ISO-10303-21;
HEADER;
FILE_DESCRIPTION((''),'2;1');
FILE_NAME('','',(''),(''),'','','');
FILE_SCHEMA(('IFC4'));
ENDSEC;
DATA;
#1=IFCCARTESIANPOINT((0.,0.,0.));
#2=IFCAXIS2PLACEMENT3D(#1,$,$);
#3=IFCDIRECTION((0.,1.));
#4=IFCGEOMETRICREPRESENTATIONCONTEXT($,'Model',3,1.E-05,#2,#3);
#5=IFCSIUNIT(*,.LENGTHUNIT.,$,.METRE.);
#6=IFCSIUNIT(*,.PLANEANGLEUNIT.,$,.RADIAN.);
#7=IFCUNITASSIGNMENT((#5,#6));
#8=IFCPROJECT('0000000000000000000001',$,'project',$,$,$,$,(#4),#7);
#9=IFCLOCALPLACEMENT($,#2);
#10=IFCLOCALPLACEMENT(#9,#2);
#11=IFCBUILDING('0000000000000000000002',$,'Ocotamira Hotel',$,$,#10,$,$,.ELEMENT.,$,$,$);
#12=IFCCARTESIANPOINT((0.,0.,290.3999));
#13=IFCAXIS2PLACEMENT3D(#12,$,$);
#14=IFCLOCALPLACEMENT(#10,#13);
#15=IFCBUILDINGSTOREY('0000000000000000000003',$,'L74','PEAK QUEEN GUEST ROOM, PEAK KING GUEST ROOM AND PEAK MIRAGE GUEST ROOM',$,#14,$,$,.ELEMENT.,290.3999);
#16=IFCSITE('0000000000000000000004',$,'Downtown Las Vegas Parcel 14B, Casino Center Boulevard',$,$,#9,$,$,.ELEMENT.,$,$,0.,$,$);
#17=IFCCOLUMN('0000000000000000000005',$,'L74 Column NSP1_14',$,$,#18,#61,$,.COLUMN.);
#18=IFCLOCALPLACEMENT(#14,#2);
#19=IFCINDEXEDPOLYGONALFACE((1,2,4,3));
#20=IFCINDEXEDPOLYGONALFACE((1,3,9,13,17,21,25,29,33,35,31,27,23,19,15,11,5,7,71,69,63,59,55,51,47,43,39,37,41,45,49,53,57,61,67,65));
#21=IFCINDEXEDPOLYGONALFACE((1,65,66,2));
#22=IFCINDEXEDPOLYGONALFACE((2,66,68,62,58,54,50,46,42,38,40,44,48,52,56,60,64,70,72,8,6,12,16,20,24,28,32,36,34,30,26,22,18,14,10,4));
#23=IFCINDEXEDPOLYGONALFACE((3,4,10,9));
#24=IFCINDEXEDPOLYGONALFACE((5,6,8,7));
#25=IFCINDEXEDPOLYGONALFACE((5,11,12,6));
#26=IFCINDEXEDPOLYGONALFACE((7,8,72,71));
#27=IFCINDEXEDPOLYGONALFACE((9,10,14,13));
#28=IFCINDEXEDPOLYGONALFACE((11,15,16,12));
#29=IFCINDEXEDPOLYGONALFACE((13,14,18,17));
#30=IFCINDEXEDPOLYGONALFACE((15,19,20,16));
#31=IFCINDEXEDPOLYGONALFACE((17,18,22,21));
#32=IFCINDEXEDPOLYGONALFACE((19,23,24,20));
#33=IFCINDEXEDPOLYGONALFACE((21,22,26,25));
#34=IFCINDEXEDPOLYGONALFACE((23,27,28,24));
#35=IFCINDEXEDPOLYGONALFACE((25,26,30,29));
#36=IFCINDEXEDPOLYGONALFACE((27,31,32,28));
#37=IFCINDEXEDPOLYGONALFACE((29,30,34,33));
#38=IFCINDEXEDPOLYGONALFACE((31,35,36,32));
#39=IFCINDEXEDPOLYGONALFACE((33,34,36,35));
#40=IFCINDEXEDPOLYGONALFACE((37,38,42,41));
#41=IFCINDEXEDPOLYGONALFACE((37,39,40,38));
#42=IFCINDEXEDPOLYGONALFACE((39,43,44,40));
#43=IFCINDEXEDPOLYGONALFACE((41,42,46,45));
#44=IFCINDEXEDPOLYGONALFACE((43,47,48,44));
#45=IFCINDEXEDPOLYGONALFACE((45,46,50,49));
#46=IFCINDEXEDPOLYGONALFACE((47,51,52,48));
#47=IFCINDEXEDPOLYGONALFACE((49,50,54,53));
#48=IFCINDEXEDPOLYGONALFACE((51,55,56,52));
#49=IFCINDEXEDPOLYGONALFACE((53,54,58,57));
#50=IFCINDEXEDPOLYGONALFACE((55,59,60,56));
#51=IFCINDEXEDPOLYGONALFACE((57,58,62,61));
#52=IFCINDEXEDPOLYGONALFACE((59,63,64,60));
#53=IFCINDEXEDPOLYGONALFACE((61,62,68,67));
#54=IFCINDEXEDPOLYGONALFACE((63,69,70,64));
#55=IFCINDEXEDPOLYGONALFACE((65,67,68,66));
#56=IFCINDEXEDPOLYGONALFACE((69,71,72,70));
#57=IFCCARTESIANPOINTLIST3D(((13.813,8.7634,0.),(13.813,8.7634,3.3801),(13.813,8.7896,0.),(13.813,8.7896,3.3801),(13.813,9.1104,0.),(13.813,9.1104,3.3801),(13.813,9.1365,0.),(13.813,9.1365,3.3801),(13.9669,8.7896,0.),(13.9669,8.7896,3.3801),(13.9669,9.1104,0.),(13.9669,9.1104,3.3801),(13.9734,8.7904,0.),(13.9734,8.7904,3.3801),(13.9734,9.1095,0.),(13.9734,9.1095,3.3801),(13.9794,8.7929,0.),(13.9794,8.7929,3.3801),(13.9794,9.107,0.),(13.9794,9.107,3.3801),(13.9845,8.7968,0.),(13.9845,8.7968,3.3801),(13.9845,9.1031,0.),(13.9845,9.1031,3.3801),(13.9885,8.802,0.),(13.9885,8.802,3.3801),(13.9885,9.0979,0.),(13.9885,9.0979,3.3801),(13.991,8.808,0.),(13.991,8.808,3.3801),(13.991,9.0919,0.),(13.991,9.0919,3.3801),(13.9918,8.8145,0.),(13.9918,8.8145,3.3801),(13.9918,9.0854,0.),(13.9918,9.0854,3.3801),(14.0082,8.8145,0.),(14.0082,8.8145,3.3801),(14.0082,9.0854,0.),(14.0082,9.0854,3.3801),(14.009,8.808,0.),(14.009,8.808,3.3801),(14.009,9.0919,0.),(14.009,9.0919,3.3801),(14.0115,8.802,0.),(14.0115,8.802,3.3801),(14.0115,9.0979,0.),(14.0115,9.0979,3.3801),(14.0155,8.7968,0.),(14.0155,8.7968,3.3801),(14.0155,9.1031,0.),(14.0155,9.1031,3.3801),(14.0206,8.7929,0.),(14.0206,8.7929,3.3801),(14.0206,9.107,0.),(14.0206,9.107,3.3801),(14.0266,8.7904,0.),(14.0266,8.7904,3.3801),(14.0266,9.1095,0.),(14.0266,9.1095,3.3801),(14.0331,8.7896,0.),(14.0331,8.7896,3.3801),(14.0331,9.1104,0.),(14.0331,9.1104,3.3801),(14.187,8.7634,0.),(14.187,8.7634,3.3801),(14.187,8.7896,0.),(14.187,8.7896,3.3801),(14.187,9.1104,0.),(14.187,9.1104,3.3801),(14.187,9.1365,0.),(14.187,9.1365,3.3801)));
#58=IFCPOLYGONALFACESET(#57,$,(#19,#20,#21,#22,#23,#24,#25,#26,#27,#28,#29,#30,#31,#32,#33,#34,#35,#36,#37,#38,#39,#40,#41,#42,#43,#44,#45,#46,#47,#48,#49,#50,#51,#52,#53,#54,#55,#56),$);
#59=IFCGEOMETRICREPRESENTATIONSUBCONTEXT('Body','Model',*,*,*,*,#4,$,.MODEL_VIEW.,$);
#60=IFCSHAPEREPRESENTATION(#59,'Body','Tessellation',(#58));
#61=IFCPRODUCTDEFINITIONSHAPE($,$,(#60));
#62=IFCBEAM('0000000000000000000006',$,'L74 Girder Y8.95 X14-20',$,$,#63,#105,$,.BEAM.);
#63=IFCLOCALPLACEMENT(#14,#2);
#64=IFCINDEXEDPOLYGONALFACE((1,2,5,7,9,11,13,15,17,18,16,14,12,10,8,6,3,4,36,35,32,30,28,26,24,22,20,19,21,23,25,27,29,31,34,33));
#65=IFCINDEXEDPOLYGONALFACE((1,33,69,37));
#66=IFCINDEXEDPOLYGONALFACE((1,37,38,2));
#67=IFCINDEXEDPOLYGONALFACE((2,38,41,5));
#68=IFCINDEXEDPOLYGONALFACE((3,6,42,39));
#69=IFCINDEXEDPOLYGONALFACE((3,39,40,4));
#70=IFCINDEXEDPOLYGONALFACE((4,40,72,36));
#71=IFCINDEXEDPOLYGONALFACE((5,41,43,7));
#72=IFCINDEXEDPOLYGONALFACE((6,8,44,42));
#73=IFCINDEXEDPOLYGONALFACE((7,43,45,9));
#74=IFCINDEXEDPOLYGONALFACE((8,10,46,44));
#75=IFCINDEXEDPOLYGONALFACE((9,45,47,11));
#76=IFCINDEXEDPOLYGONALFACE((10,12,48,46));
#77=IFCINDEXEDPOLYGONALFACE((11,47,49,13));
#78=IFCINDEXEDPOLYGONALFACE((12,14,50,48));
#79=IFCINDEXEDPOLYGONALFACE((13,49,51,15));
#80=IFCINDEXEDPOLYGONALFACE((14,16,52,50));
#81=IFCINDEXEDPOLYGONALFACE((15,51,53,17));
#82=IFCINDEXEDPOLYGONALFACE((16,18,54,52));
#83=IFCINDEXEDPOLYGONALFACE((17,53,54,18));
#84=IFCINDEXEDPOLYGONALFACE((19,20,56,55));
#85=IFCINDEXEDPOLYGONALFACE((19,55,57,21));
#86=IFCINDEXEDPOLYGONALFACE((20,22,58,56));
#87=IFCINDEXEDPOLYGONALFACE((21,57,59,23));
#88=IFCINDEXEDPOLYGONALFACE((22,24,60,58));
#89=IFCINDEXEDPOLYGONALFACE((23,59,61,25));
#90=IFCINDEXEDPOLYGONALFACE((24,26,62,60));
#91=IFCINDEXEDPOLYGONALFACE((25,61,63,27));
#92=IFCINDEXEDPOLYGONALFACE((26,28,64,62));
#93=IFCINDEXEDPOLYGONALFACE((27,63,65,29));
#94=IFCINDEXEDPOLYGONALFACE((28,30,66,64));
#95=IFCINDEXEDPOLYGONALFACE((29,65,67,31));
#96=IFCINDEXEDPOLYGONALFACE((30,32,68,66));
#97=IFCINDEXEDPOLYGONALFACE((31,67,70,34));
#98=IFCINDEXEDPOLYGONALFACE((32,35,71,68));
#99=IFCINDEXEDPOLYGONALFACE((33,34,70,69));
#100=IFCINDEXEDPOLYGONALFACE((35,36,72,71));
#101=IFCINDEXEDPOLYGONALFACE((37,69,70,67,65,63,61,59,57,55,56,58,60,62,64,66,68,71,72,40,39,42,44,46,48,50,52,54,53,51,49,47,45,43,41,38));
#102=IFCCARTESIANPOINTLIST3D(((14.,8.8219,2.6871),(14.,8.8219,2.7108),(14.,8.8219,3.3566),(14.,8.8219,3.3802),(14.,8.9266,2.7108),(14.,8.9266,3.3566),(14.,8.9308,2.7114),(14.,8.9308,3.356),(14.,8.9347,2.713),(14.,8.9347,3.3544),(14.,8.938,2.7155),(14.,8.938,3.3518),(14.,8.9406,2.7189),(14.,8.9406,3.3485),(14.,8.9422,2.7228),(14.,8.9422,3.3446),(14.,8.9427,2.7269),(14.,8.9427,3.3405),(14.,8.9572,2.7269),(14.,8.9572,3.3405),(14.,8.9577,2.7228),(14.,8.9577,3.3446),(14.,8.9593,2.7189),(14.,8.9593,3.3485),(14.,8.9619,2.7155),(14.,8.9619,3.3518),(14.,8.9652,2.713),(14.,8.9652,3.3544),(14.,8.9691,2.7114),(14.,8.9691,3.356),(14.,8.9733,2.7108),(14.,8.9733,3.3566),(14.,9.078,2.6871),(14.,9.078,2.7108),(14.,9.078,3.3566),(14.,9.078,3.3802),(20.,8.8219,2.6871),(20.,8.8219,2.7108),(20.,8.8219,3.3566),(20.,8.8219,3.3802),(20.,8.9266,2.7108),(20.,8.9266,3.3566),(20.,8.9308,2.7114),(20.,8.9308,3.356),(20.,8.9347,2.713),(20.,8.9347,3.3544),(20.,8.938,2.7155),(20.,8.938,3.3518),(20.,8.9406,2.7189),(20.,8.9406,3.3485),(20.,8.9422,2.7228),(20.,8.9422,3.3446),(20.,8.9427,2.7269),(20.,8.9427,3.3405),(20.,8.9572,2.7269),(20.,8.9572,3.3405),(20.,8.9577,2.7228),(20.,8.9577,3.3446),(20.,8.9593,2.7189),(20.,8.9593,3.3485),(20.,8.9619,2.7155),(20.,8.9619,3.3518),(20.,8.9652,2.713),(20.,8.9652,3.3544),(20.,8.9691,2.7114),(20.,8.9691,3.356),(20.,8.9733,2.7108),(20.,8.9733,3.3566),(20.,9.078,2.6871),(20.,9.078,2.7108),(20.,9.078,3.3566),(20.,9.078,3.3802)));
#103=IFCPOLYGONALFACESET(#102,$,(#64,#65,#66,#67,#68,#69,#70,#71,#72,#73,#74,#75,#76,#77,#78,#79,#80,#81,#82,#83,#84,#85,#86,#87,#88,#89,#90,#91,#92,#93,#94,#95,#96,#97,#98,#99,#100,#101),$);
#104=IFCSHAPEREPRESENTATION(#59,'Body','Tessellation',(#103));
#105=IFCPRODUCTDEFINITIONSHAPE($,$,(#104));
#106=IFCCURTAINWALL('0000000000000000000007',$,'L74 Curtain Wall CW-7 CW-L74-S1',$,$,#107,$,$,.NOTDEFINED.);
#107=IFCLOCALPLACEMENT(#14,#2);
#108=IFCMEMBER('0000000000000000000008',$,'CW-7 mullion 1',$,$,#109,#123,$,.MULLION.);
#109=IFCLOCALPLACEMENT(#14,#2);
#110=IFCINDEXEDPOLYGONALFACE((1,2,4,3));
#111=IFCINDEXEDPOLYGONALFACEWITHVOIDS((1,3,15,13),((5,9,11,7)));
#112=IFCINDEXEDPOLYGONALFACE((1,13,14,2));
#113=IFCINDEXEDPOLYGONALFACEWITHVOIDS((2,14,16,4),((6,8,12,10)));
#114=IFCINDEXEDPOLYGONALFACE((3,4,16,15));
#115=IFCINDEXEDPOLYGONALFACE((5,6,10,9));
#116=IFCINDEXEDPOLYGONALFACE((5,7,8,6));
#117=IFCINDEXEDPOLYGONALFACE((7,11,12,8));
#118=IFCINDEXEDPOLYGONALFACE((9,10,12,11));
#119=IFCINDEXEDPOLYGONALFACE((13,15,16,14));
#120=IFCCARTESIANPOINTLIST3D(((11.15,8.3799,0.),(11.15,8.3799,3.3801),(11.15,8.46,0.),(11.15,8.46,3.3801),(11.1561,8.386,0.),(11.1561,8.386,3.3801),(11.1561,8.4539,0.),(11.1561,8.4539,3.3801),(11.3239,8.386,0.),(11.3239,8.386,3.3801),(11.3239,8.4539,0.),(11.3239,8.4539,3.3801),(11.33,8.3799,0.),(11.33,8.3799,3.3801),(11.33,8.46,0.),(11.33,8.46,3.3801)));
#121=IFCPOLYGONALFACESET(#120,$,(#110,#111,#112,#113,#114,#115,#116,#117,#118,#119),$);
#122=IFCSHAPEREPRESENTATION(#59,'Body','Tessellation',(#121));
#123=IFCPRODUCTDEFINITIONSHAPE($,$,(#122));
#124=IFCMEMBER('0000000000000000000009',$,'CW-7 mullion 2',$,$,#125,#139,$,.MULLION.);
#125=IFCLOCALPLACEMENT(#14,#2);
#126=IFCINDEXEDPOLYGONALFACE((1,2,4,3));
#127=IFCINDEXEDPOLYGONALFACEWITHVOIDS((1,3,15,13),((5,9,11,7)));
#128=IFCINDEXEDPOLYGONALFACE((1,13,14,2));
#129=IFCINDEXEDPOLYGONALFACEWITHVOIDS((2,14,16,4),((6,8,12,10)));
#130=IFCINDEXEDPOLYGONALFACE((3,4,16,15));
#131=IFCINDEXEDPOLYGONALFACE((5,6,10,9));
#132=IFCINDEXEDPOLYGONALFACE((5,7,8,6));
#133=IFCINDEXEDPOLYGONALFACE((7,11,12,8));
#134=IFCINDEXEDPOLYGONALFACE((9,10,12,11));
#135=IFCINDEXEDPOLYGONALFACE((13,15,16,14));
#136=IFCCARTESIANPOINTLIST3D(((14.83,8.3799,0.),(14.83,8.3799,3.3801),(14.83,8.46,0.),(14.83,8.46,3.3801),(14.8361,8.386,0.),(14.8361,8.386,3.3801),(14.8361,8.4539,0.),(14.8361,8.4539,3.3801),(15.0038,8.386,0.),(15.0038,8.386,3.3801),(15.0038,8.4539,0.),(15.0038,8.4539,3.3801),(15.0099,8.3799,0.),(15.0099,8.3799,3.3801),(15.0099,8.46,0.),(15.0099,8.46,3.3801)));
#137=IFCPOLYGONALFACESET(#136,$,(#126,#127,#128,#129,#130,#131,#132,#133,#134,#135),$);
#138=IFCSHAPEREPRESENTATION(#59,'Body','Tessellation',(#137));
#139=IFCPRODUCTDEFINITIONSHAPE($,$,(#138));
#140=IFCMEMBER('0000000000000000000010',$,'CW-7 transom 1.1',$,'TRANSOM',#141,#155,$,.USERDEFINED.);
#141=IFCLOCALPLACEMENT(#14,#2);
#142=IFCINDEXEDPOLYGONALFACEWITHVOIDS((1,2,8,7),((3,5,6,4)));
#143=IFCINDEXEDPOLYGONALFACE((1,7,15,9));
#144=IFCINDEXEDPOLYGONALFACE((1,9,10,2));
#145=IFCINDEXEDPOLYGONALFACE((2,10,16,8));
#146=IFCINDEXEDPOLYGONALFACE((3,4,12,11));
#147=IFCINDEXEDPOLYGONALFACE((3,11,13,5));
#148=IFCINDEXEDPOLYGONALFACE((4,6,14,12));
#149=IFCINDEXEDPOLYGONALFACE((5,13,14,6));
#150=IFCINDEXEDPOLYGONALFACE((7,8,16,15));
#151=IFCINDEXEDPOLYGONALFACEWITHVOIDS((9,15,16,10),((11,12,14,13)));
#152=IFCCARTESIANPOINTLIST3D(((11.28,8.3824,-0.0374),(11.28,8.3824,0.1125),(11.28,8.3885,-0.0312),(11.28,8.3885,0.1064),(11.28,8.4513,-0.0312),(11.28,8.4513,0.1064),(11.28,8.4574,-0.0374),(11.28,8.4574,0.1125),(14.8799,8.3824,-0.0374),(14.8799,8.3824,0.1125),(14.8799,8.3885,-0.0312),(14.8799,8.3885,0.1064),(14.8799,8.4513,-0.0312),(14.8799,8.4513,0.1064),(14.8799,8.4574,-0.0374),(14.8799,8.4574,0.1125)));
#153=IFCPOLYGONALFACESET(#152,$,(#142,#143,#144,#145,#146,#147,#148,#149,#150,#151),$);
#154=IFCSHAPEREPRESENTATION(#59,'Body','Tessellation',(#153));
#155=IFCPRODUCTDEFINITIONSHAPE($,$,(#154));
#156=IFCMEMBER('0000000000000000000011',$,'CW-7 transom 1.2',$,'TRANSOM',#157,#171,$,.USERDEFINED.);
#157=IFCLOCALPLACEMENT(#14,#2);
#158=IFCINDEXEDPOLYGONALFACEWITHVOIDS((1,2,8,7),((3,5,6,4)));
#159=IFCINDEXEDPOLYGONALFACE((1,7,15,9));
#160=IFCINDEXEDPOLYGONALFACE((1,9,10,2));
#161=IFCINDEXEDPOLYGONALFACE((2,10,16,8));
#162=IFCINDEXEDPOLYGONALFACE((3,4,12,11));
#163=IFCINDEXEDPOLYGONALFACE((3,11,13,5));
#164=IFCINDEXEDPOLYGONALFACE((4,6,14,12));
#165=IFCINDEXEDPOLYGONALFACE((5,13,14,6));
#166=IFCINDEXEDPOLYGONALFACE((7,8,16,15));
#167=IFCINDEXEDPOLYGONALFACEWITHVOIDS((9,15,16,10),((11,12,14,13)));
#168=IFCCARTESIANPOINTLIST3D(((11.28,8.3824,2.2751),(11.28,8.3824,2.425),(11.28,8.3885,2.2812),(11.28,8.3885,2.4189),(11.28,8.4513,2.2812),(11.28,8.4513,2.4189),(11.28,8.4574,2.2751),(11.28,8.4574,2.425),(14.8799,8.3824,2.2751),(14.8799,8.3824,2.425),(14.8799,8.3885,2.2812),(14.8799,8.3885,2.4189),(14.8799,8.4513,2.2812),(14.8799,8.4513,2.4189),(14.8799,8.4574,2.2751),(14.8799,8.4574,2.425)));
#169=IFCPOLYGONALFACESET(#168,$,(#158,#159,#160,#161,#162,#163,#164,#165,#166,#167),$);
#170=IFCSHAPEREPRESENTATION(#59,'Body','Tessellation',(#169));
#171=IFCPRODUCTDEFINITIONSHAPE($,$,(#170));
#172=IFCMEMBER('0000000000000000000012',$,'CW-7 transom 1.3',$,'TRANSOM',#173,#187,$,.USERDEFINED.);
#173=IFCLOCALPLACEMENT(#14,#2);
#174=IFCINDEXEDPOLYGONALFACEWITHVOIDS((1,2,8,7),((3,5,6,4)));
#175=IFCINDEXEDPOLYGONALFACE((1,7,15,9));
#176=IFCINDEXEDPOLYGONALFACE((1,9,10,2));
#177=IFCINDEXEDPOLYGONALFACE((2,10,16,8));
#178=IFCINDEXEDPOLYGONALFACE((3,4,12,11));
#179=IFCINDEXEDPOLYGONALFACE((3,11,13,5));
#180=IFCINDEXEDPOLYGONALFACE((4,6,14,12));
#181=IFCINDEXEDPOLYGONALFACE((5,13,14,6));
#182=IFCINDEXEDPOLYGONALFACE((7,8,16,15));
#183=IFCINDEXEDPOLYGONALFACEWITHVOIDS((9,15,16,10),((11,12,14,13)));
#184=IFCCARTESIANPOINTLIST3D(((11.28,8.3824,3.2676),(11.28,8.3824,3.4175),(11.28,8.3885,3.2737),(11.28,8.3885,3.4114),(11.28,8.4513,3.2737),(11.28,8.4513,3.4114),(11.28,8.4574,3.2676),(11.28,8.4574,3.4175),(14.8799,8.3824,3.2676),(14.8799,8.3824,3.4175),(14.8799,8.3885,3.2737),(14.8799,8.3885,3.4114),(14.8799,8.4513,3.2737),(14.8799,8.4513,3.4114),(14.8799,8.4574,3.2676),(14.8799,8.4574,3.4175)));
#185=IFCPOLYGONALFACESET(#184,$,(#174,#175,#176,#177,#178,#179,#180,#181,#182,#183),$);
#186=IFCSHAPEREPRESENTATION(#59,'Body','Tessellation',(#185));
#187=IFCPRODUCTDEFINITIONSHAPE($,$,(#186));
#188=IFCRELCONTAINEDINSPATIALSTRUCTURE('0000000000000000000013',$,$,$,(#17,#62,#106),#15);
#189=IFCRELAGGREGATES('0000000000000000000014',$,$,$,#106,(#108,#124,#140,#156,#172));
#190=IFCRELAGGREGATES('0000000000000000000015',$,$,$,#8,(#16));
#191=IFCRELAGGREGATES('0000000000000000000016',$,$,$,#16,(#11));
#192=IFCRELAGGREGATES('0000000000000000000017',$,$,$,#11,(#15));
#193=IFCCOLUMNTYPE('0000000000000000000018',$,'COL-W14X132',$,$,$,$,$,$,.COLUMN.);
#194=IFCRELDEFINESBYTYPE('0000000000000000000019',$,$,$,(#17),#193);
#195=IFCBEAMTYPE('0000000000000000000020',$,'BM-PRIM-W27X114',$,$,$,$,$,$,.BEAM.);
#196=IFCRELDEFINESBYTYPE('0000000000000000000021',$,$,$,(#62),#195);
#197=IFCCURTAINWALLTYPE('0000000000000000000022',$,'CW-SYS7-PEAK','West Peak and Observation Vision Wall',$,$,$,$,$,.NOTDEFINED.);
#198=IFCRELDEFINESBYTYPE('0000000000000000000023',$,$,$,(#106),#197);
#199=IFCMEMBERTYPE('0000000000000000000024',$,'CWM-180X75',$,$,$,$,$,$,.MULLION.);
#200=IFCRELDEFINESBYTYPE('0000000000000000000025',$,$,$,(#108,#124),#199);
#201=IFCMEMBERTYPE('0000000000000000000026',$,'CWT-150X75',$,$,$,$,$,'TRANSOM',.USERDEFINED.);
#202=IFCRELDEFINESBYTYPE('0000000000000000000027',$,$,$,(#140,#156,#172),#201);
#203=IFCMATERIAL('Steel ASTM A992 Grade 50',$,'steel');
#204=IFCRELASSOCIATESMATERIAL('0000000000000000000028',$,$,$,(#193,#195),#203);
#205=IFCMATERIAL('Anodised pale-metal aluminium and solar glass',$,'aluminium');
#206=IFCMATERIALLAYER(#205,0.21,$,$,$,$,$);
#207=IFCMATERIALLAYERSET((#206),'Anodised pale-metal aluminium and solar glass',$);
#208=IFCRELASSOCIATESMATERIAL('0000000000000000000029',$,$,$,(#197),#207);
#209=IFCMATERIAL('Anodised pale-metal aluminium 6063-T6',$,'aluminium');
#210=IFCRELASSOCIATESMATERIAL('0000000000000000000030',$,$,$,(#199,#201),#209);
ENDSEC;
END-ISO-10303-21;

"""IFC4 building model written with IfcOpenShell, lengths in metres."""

from ifc_helpers import new_model, si_unit, direction, frame, origin, origin_2d, place, context, subcontext, project, spatial, hollow_rectangle, i_section, extrude, source, transform, mapped, material, layer, layer_set, material_profile, profile_set, type_object, element, aggregate, save


model = new_model("IFC4")

# Units and contexts
model_context = context("Model", 3, precision=1e-05, world=origin(), true_north=direction((0.0, 1.0)))
body_context = subcontext(model_context, "Body", "Model", "MODEL_VIEW")
ifc_project = project(units=[si_unit("LENGTHUNIT", "METRE"), si_unit("PLANEANGLEUNIT", "RADIAN")], contexts=[model_context])

# Site, building, storey
site_placement = place(None, origin())
site = spatial("IfcSite", under=ifc_project, at=site_placement, Name="Downtown Las Vegas Parcel 14B, Casino Center Boulevard", CompositionType="ELEMENT", RefElevation=0.0)
building_placement = place(site_placement, origin())
building = spatial("IfcBuilding", under=site, at=building_placement, Name="Ocotamira Hotel", CompositionType="ELEMENT")
storey_placement = place(building_placement, frame((0.0, 0.0, 290.3999)))
storey = spatial("IfcBuildingStorey", under=building, at=storey_placement, Name="L74", Description="PEAK QUEEN GUEST ROOM, PEAK KING GUEST ROOM AND PEAK MIRAGE GUEST ROOM", CompositionType="ELEMENT", Elevation=290.3999)

# Column
ifc_material_1 = material(Name="Steel ASTM A992 Grade 50", Category="steel")
ifc_material_profile_1 = material_profile(ifc_material_1, i_section(OverallWidth=0.374, OverallDepth=0.373, WebThickness=0.0164, FlangeThickness=0.0261, FilletRadius=0.0249, at=origin_2d()), Name="W14X132")
ifc_profile_set_1 = profile_set([ifc_material_profile_1], Name="Steel ASTM A992 Grade 50")
column_type = type_object("IfcColumnType", Name="COL-W14X132", PredefinedType="COLUMN", material=ifc_profile_set_1)
shared_shape_1 = source(origin(), body_context, "Body", "SweptSolid", [
    extrude(i_section(OverallWidth=0.374, OverallDepth=0.373, WebThickness=0.0164, FlangeThickness=0.0261, FilletRadius=0.0249, at=origin_2d()), origin(), (0.0, 0.0, 1.0), 3.3801),
])
column_placement = place(storey_placement, frame((14.0, 8.95, 0.0), z_axis=(0.0, 0.0, 1.0), x_axis=(1.0, 0.0, 0.0)))
element("IfcColumn", 1, at=column_placement, inside=storey, type_object=column_type, Name="L74 Column NSP1_14", PredefinedType="COLUMN", context=body_context, shape_type="MappedRepresentation", body=[
    mapped(shared_shape_1, transform((0.0, 0.0, 0.0), scale=1.0)),
])

# Beam
ifc_material_profile_2 = material_profile(ifc_material_1, i_section(OverallWidth=0.2561, OverallDepth=0.6931, WebThickness=0.0144, FlangeThickness=0.0237, FilletRadius=0.0161, at=origin_2d()), Name="W27X114")
ifc_profile_set_2 = profile_set([ifc_material_profile_2], Name="Steel ASTM A992 Grade 50")
beam_type = type_object("IfcBeamType", Name="BM-PRIM-W27X114", PredefinedType="BEAM", material=ifc_profile_set_2)
shared_shape_2 = source(origin(), body_context, "Body", "SweptSolid", [
    extrude(i_section(OverallWidth=0.2561, OverallDepth=0.6931, WebThickness=0.0144, FlangeThickness=0.0237, FilletRadius=0.0161, at=origin_2d()), origin(), (0.0, 0.0, 1.0), 6.0),
])
beam_placement = place(storey_placement, frame((14.0, 8.95, 3.0337), z_axis=(1.0, 0.0, 0.0), x_axis=(0.0, 1.0, 0.0)))
element("IfcBeam", 2, at=beam_placement, inside=storey, type_object=beam_type, Name="L74 Girder Y8.95 X14-20", PredefinedType="BEAM", context=body_context, shape_type="MappedRepresentation", body=[
    mapped(shared_shape_2, transform((0.0, 0.0, 0.0), scale=1.0)),
])

# Curtain wall, members
ifc_material_2 = material(Name="Anodised pale-metal aluminium and solar glass", Category="aluminium")
ifc_layer_1 = layer(ifc_material_2, 0.21)
ifc_layer_set_1 = layer_set([ifc_layer_1], Name="Anodised pale-metal aluminium and solar glass")
curtain_wall_type = type_object("IfcCurtainWallType", Name="CW-SYS7-PEAK", Description="West Peak and Observation Vision Wall", PredefinedType="NOTDEFINED", material=ifc_layer_set_1)
curtain_wall_placement = place(storey_placement, origin())
curtain_wall = element("IfcCurtainWall", 3, at=curtain_wall_placement, inside=storey, type_object=curtain_wall_type, Name="L74 Curtain Wall CW-7 CW-L74-S1", PredefinedType="NOTDEFINED")
ifc_material_3 = material(Name="Anodised pale-metal aluminium 6063-T6", Category="aluminium")
ifc_material_profile_3 = material_profile(ifc_material_3, hollow_rectangle(XDim=0.0801, YDim=0.1799, WallThickness=0.0061, at=origin_2d()), Name="HSS180X80X6")
ifc_profile_set_3 = profile_set([ifc_material_profile_3], Name="Anodised pale-metal aluminium 6063-T6")
member_type_1 = type_object("IfcMemberType", Name="CWM-180X75", PredefinedType="MULLION", material=ifc_profile_set_3)
shared_shape_3 = source(origin(), body_context, "Body", "SweptSolid", [
    extrude(hollow_rectangle(XDim=0.0801, YDim=0.1799, WallThickness=0.0061, at=origin_2d()), origin(), (0.0, 0.0, 1.0), 3.3801),
])
member_1_placement = place(storey_placement, frame((11.24, 8.4199, 0.0), z_axis=(0.0, 0.0, 1.0), x_axis=(0.0, 1.0, 0.0)))
member_1 = element("IfcMember", 4, at=member_1_placement, type_object=member_type_1, Name="CW-7 mullion 1", PredefinedType="MULLION", context=body_context, shape_type="MappedRepresentation", body=[
    mapped(shared_shape_3, transform((0.0, 0.0, 0.0), scale=1.0)),
])
member_2_placement = place(storey_placement, frame((14.9199, 8.4199, 0.0), z_axis=(0.0, 0.0, 1.0), x_axis=(0.0, 1.0, 0.0)))
member_2 = element("IfcMember", 5, at=member_2_placement, type_object=member_type_1, Name="CW-7 mullion 2", PredefinedType="MULLION", context=body_context, shape_type="MappedRepresentation", body=[
    mapped(shared_shape_3, transform((0.0, 0.0, 0.0), scale=1.0)),
])
ifc_material_profile_4 = material_profile(ifc_material_3, hollow_rectangle(XDim=0.075, YDim=0.1499, WallThickness=0.0061, at=origin_2d()), Name="HSS150X75X6")
ifc_profile_set_4 = profile_set([ifc_material_profile_4], Name="Anodised pale-metal aluminium 6063-T6")
member_type_2 = type_object("IfcMemberType", Name="CWT-150X75", ElementType="TRANSOM", PredefinedType="USERDEFINED", material=ifc_profile_set_4)
shared_shape_4 = source(origin(), body_context, "Body", "SweptSolid", [
    extrude(hollow_rectangle(XDim=0.075, YDim=0.1499, WallThickness=0.0061, at=origin_2d()), origin(), (0.0, 0.0, 1.0), 3.5999),
])
member_3_placement = place(storey_placement, frame((11.28, 8.4199, 0.0376), z_axis=(1.0, 0.0, 0.0), x_axis=(0.0, 1.0, 0.0)))
member_3 = element("IfcMember", 6, at=member_3_placement, type_object=member_type_2, Name="CW-7 transom 1.1", ObjectType="TRANSOM", PredefinedType="USERDEFINED", context=body_context, shape_type="MappedRepresentation", body=[
    mapped(shared_shape_4, transform((0.0, 0.0, 0.0), scale=1.0)),
])
member_4_placement = place(storey_placement, frame((11.28, 8.4199, 2.3501), z_axis=(1.0, 0.0, 0.0), x_axis=(0.0, 1.0, 0.0)))
member_4 = element("IfcMember", 7, at=member_4_placement, type_object=member_type_2, Name="CW-7 transom 1.2", ObjectType="TRANSOM", PredefinedType="USERDEFINED", context=body_context, shape_type="MappedRepresentation", body=[
    mapped(shared_shape_4, transform((0.0, 0.0, 0.0), scale=1.0)),
])
member_5_placement = place(storey_placement, frame((11.28, 8.4199, 3.3425), z_axis=(1.0, 0.0, 0.0), x_axis=(0.0, 1.0, 0.0)))
member_5 = element("IfcMember", 8, at=member_5_placement, type_object=member_type_2, Name="CW-7 transom 1.3", ObjectType="TRANSOM", PredefinedType="USERDEFINED", context=body_context, shape_type="MappedRepresentation", body=[
    mapped(shared_shape_4, transform((0.0, 0.0, 0.0), scale=1.0)),
])
aggregate(curtain_wall, [member_1, member_2, member_3, member_4, member_5])

save(model, "model.ifc")
